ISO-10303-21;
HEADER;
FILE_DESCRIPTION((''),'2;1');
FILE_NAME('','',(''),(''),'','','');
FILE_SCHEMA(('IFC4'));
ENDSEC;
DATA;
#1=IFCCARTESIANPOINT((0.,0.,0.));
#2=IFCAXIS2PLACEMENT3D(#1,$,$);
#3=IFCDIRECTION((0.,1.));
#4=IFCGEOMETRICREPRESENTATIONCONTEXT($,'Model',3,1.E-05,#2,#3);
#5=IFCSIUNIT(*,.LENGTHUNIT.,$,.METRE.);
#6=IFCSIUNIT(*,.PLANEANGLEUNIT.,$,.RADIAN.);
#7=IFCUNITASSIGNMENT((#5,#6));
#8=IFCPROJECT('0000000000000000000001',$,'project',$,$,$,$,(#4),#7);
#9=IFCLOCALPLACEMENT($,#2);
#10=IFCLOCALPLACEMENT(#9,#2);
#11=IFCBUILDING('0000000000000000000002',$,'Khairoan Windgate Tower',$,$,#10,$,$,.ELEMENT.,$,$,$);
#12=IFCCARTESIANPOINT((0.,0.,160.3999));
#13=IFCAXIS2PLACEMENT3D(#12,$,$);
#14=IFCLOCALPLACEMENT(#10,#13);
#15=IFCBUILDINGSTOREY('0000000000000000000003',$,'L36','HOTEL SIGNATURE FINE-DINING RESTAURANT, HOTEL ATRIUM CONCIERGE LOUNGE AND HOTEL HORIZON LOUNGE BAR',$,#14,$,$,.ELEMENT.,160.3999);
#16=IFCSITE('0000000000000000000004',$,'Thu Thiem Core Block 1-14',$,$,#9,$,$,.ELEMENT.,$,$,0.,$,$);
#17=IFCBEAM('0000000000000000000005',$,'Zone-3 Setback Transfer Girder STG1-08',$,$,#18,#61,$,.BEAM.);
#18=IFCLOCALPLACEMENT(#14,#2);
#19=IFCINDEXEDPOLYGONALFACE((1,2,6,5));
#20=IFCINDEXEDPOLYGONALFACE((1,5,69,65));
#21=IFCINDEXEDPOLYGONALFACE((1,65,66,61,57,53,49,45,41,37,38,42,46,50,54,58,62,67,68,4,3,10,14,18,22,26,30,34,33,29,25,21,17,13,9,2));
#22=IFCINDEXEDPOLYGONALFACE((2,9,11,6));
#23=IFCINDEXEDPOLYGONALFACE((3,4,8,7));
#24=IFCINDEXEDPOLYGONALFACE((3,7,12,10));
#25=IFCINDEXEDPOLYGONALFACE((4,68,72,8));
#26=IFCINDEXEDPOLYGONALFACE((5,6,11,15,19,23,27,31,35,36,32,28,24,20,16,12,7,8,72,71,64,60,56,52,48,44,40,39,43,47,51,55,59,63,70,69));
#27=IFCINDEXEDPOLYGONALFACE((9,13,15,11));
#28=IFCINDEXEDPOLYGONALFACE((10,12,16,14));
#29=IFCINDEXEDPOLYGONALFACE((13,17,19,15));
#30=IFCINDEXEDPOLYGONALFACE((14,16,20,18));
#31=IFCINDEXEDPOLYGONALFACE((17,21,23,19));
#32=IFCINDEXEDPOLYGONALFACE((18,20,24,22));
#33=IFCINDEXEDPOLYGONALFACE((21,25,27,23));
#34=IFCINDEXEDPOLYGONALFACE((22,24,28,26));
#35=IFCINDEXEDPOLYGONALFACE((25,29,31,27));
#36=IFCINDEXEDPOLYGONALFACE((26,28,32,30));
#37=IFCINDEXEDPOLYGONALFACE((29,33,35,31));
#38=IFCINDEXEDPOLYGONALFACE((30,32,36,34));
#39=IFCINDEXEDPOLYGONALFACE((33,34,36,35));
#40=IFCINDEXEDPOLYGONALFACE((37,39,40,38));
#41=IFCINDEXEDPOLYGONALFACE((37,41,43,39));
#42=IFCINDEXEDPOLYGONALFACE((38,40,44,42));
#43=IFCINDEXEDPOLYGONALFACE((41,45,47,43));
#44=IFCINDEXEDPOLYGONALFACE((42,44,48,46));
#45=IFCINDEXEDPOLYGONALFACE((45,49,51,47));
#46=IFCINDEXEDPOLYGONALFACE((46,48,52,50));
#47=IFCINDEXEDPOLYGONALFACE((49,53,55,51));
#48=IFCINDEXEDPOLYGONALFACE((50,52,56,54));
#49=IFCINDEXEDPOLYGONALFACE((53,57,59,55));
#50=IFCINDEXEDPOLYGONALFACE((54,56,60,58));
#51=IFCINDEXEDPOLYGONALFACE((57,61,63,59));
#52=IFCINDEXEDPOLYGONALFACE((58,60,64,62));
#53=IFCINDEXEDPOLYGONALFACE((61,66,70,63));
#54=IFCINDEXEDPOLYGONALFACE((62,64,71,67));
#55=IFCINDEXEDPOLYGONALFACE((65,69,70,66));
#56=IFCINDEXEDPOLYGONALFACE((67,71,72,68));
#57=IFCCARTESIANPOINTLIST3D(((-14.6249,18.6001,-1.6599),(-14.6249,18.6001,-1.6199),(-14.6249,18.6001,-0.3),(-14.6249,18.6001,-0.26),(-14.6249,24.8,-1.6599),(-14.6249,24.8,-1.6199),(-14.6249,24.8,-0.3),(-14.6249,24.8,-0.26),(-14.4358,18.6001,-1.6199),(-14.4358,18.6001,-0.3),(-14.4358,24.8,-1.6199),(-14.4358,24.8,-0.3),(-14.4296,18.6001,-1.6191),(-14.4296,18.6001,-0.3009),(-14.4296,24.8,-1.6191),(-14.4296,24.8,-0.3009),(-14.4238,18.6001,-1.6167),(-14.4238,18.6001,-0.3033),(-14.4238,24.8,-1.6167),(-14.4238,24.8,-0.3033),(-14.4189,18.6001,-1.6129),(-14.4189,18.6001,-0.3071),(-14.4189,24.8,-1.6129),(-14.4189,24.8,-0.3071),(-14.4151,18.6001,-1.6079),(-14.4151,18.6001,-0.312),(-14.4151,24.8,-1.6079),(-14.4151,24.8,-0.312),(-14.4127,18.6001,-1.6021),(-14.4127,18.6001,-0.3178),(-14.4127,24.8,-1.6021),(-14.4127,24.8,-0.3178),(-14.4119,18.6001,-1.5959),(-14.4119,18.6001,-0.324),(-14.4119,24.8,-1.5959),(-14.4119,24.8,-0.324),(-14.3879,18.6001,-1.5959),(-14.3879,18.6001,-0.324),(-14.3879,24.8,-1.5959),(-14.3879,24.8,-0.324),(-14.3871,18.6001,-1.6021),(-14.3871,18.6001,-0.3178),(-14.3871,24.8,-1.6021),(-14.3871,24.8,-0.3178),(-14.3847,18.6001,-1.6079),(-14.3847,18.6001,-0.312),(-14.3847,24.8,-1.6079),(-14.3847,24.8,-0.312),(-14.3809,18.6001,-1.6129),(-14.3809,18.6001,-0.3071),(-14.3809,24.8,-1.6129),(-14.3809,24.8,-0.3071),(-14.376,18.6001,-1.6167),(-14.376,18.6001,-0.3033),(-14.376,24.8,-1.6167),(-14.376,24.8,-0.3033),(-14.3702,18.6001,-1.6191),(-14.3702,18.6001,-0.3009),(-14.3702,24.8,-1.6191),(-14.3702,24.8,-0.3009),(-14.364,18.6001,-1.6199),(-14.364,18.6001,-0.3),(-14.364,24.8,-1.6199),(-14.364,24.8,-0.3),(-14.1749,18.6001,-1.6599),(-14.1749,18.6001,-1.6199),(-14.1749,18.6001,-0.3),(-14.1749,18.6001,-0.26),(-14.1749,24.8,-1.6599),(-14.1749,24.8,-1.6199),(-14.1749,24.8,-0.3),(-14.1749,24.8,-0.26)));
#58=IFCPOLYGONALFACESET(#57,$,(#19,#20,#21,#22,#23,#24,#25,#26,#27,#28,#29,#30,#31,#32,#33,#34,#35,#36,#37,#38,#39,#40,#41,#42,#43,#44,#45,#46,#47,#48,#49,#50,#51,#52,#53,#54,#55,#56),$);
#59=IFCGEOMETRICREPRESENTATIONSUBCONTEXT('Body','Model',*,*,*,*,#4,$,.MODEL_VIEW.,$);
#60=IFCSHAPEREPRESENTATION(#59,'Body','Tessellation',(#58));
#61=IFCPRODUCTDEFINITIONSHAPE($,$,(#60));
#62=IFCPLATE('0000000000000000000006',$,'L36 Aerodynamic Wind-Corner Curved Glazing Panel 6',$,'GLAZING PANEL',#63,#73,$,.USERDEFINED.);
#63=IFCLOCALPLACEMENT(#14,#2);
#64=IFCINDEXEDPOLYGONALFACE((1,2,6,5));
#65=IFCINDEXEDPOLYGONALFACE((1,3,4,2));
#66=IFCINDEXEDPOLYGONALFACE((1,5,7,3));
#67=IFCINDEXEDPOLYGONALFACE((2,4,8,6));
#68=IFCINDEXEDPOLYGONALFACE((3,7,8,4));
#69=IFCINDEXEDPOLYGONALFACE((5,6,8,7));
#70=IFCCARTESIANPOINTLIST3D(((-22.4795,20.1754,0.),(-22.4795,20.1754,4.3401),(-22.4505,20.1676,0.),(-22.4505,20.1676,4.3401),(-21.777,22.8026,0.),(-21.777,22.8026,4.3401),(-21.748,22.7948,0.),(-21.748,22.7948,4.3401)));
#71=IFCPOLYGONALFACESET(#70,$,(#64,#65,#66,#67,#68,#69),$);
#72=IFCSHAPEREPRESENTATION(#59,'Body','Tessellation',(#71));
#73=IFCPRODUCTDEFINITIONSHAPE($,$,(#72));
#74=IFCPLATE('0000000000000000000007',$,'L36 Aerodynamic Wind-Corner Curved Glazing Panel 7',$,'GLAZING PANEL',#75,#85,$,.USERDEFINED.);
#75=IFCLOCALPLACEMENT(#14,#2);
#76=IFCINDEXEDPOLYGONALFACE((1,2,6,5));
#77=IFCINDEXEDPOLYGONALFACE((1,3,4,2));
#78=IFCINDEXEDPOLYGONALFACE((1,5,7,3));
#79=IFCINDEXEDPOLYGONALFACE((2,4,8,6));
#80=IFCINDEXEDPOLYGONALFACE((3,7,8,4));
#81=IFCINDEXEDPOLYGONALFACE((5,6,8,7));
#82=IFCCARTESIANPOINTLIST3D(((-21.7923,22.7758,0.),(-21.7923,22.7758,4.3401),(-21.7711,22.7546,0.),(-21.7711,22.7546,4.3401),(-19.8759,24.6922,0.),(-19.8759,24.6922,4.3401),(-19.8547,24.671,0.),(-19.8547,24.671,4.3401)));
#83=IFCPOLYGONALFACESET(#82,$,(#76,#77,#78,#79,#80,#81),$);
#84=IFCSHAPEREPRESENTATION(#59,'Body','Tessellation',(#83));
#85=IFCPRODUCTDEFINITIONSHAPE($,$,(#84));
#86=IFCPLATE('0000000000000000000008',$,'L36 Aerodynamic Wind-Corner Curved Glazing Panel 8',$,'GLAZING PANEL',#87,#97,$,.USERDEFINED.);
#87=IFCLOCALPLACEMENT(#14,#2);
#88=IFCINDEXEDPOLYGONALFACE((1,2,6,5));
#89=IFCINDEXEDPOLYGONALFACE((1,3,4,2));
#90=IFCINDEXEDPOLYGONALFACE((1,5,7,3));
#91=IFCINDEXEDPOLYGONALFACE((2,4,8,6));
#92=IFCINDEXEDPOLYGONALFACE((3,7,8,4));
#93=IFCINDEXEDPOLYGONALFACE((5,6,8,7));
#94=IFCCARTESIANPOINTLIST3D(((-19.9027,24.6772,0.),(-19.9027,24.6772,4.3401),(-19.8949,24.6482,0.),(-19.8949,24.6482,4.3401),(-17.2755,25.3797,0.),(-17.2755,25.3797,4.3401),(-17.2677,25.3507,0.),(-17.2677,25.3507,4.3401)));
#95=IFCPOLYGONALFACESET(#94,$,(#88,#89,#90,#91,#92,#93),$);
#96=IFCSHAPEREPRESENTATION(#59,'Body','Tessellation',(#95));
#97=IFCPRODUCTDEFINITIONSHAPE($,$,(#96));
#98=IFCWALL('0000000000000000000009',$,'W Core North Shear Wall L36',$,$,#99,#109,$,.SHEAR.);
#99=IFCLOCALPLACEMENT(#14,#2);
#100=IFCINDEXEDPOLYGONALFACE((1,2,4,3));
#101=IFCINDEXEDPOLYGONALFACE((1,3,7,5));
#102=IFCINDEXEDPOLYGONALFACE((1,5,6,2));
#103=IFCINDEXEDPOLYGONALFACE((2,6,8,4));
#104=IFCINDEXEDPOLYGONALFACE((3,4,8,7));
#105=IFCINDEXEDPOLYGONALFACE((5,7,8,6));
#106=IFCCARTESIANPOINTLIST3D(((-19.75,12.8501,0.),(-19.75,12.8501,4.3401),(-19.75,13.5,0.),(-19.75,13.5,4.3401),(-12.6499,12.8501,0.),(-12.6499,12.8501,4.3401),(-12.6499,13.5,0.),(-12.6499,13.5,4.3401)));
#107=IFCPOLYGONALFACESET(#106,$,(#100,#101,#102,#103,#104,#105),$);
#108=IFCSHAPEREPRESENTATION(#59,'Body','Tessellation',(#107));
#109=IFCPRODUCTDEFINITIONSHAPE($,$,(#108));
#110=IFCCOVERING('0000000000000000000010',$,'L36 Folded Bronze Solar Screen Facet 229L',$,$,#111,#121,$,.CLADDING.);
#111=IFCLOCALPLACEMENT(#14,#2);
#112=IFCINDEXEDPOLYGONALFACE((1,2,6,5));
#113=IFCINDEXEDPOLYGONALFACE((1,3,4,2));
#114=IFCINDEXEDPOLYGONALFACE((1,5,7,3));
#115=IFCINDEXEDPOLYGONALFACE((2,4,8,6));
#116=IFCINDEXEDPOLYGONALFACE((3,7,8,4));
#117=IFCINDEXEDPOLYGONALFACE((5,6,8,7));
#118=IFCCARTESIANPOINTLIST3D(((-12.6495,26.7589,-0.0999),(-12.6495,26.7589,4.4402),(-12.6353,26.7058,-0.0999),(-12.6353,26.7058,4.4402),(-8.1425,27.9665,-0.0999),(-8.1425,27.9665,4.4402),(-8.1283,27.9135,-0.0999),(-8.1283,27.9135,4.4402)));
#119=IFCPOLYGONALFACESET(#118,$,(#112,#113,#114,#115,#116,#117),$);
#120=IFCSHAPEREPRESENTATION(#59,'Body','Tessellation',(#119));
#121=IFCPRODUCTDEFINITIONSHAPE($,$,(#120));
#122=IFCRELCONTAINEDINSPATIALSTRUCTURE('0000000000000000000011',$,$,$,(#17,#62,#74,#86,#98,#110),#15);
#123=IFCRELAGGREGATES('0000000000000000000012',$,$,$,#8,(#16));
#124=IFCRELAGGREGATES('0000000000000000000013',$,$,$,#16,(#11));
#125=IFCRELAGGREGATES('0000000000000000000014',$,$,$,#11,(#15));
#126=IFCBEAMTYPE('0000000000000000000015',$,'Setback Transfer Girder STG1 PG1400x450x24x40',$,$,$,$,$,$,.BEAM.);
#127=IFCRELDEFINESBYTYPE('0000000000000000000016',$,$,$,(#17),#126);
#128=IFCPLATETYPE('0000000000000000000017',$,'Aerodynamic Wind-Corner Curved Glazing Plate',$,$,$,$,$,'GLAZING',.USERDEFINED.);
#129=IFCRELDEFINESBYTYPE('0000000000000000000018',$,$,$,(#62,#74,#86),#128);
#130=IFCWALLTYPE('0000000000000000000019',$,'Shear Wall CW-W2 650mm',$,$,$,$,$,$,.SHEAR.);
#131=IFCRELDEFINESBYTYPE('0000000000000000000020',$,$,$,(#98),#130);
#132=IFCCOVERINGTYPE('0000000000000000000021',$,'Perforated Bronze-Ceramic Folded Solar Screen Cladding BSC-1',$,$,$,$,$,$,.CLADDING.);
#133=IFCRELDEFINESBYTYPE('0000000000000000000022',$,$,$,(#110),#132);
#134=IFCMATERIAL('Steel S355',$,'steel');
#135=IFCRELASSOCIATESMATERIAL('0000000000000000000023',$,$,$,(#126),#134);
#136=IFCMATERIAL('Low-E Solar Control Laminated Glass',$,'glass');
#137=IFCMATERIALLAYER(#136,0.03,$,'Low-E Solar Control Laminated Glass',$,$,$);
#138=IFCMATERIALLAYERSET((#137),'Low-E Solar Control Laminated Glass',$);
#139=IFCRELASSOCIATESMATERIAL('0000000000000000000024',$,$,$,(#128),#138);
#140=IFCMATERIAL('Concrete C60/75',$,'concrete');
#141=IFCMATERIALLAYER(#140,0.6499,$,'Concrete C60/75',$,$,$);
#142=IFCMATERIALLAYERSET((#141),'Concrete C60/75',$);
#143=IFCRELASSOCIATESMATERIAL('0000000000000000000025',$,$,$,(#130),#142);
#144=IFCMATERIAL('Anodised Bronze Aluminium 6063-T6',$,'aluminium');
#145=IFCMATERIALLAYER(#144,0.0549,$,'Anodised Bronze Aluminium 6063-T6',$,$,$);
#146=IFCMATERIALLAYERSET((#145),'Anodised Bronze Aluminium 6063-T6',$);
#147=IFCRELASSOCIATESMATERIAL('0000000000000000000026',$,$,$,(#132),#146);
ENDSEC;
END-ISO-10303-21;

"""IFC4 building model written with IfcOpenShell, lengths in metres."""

from ifc_helpers import new_model, si_unit, direction, frame, frame_2d, origin, origin_2d, place, context, subcontext, project, spatial, rectangle, i_section, extrude, material, layer, layer_set, material_profile, profile_set, type_object, element, save


model = new_model("IFC4")

# Units and contexts
model_context = context("Model", 3, precision=1e-05, world=origin(), true_north=direction((0.0, 1.0)))
body_context = subcontext(model_context, "Body", "Model", "MODEL_VIEW")
ifc_project = project(units=[si_unit("LENGTHUNIT", "METRE"), si_unit("PLANEANGLEUNIT", "RADIAN")], contexts=[model_context])

# Site, building, storey
site_placement = place(None, origin())
site = spatial("IfcSite", under=ifc_project, at=site_placement, Name="Thu Thiem Core Block 1-14", CompositionType="ELEMENT", RefElevation=0.0)
building_placement = place(site_placement, origin())
building = spatial("IfcBuilding", under=site, at=building_placement, Name="Khairoan Windgate Tower", CompositionType="ELEMENT")
storey_placement = place(building_placement, frame((0.0, 0.0, 160.3999)))
storey = spatial("IfcBuildingStorey", under=building, at=storey_placement, Name="L36", Description="HOTEL SIGNATURE FINE-DINING RESTAURANT, HOTEL ATRIUM CONCIERGE LOUNGE AND HOTEL HORIZON LOUNGE BAR", CompositionType="ELEMENT", Elevation=160.3999)

# Beam
ifc_material_1 = material(Name="Steel S355", Category="steel")
ifc_material_profile_1 = material_profile(ifc_material_1, i_section(OverallWidth=0.45, OverallDepth=1.3999, WebThickness=0.0239, FlangeThickness=0.04, FilletRadius=0.0239, at=origin_2d()))
ifc_profile_set_1 = profile_set([ifc_material_profile_1], Name="Steel S355")
beam_type_1 = type_object("IfcBeamType", Name="Setback Transfer Girder STG1 PG1400x450x24x40", PredefinedType="BEAM", material=ifc_profile_set_1)
beam_1_placement = place(storey_placement, frame((-14.3999, 18.6001, -0.96), z_axis=(0.0, 1.0, 0.0), x_axis=(-1.0, 0.0, 0.0)))
element("IfcBeam", 1, at=beam_1_placement, inside=storey, type_object=beam_type_1, Name="Zone-3 Setback Transfer Girder STG1-08", PredefinedType="BEAM", context=body_context, shape_type="SweptSolid", body=[
    extrude(i_section(OverallWidth=0.45, OverallDepth=1.3999, WebThickness=0.0239, FlangeThickness=0.04, FilletRadius=0.0239, at=origin_2d()), origin(), (0.0, 0.0, 1.0), 6.2),
])

# Plates
ifc_material_2 = material(Name="Low-E Solar Control Laminated Glass", Category="glass")
ifc_layer_1 = layer(ifc_material_2, 0.03, Name="Low-E Solar Control Laminated Glass")
ifc_layer_set_1 = layer_set([ifc_layer_1], Name="Low-E Solar Control Laminated Glass")
plate_type_1 = type_object("IfcPlateType", Name="Aerodynamic Wind-Corner Curved Glazing Plate", ElementType="GLAZING", PredefinedType="USERDEFINED", material=ifc_layer_set_1)
plate_1_placement = place(storey_placement, frame((-22.1138, 21.4851, 0.0), z_axis=(0.0, 0.0, 1.0), x_axis=(0.258313, 0.966061, 0.0)))
element("IfcPlate", 2, at=plate_1_placement, inside=storey, type_object=plate_type_1, Name="L36 Aerodynamic Wind-Corner Curved Glazing Panel 6", ObjectType="GLAZING PANEL", PredefinedType="USERDEFINED", context=body_context, shape_type="SweptSolid", body=[
    extrude(rectangle(XDim=2.7195, YDim=0.03, at=origin_2d()), origin(), (0.0, 0.0, 1.0), 4.3401),
])
plate_2_placement = place(storey_placement, frame((-20.8235, 23.7234, 0.0), z_axis=(0.0, 0.0, 1.0), x_axis=(0.707107, 0.707107, 0.0)))
element("IfcPlate", 3, at=plate_2_placement, inside=storey, type_object=plate_type_1, Name="L36 Aerodynamic Wind-Corner Curved Glazing Panel 7", ObjectType="GLAZING PANEL", PredefinedType="USERDEFINED", context=body_context, shape_type="SweptSolid", body=[
    extrude(rectangle(XDim=2.7102, YDim=0.03, at=origin_2d()), origin(), (0.0, 0.0, 1.0), 4.3401),
])
plate_3_placement = place(storey_placement, frame((-18.5852, 25.0139, 0.0), z_axis=(0.0, 0.0, 1.0), x_axis=(0.966061, 0.258313, 0.0)))
element("IfcPlate", 4, at=plate_3_placement, inside=storey, type_object=plate_type_1, Name="L36 Aerodynamic Wind-Corner Curved Glazing Panel 8", ObjectType="GLAZING PANEL", PredefinedType="USERDEFINED", context=body_context, shape_type="SweptSolid", body=[
    extrude(rectangle(XDim=2.7195, YDim=0.03, at=origin_2d()), origin(), (0.0, 0.0, 1.0), 4.3401),
])

# Wall
ifc_material_3 = material(Name="Concrete C60/75", Category="concrete")
ifc_layer_2 = layer(ifc_material_3, 0.6499, Name="Concrete C60/75")
ifc_layer_set_2 = layer_set([ifc_layer_2], Name="Concrete C60/75")
wall_type = type_object("IfcWallType", Name="Shear Wall CW-W2 650mm", PredefinedType="SHEAR", material=ifc_layer_set_2)
wall_placement = place(storey_placement, frame((-19.75, 13.175, 0.0), z_axis=(0.0, 0.0, 1.0), x_axis=(1.0, 0.0, 0.0)))
element("IfcWall", 5, at=wall_placement, inside=storey, type_object=wall_type, Name="W Core North Shear Wall L36", PredefinedType="SHEAR", context=body_context, shape_type="SweptSolid", body=[
    extrude(rectangle(XDim=7.1001, YDim=0.6499, at=frame_2d((3.55, 0.0))), origin(), (0.0, 0.0, 1.0), 4.3401),
])

# Covering
ifc_material_4 = material(Name="Anodised Bronze Aluminium 6063-T6", Category="aluminium")
ifc_layer_3 = layer(ifc_material_4, 0.0549, Name="Anodised Bronze Aluminium 6063-T6")
ifc_layer_set_3 = layer_set([ifc_layer_3], Name="Anodised Bronze Aluminium 6063-T6")
covering_type = type_object("IfcCoveringType", Name="Perforated Bronze-Ceramic Folded Solar Screen Cladding BSC-1", PredefinedType="CLADDING", material=ifc_layer_set_3)
covering_placement = place(storey_placement, frame((-10.3889, 27.3362, -0.0999), z_axis=(0.0, 0.0, 1.0), x_axis=(0.965926, 0.258819, 0.0)))
element("IfcCovering", 6, at=covering_placement, inside=storey, type_object=covering_type, Name="L36 Folded Bronze Solar Screen Facet 229L", PredefinedType="CLADDING", context=body_context, shape_type="SweptSolid", body=[
    extrude(rectangle(XDim=4.666, YDim=0.0549, at=origin_2d()), origin(), (0.0, 0.0, 1.0), 4.54),
])

save(model, "model.ifc")
